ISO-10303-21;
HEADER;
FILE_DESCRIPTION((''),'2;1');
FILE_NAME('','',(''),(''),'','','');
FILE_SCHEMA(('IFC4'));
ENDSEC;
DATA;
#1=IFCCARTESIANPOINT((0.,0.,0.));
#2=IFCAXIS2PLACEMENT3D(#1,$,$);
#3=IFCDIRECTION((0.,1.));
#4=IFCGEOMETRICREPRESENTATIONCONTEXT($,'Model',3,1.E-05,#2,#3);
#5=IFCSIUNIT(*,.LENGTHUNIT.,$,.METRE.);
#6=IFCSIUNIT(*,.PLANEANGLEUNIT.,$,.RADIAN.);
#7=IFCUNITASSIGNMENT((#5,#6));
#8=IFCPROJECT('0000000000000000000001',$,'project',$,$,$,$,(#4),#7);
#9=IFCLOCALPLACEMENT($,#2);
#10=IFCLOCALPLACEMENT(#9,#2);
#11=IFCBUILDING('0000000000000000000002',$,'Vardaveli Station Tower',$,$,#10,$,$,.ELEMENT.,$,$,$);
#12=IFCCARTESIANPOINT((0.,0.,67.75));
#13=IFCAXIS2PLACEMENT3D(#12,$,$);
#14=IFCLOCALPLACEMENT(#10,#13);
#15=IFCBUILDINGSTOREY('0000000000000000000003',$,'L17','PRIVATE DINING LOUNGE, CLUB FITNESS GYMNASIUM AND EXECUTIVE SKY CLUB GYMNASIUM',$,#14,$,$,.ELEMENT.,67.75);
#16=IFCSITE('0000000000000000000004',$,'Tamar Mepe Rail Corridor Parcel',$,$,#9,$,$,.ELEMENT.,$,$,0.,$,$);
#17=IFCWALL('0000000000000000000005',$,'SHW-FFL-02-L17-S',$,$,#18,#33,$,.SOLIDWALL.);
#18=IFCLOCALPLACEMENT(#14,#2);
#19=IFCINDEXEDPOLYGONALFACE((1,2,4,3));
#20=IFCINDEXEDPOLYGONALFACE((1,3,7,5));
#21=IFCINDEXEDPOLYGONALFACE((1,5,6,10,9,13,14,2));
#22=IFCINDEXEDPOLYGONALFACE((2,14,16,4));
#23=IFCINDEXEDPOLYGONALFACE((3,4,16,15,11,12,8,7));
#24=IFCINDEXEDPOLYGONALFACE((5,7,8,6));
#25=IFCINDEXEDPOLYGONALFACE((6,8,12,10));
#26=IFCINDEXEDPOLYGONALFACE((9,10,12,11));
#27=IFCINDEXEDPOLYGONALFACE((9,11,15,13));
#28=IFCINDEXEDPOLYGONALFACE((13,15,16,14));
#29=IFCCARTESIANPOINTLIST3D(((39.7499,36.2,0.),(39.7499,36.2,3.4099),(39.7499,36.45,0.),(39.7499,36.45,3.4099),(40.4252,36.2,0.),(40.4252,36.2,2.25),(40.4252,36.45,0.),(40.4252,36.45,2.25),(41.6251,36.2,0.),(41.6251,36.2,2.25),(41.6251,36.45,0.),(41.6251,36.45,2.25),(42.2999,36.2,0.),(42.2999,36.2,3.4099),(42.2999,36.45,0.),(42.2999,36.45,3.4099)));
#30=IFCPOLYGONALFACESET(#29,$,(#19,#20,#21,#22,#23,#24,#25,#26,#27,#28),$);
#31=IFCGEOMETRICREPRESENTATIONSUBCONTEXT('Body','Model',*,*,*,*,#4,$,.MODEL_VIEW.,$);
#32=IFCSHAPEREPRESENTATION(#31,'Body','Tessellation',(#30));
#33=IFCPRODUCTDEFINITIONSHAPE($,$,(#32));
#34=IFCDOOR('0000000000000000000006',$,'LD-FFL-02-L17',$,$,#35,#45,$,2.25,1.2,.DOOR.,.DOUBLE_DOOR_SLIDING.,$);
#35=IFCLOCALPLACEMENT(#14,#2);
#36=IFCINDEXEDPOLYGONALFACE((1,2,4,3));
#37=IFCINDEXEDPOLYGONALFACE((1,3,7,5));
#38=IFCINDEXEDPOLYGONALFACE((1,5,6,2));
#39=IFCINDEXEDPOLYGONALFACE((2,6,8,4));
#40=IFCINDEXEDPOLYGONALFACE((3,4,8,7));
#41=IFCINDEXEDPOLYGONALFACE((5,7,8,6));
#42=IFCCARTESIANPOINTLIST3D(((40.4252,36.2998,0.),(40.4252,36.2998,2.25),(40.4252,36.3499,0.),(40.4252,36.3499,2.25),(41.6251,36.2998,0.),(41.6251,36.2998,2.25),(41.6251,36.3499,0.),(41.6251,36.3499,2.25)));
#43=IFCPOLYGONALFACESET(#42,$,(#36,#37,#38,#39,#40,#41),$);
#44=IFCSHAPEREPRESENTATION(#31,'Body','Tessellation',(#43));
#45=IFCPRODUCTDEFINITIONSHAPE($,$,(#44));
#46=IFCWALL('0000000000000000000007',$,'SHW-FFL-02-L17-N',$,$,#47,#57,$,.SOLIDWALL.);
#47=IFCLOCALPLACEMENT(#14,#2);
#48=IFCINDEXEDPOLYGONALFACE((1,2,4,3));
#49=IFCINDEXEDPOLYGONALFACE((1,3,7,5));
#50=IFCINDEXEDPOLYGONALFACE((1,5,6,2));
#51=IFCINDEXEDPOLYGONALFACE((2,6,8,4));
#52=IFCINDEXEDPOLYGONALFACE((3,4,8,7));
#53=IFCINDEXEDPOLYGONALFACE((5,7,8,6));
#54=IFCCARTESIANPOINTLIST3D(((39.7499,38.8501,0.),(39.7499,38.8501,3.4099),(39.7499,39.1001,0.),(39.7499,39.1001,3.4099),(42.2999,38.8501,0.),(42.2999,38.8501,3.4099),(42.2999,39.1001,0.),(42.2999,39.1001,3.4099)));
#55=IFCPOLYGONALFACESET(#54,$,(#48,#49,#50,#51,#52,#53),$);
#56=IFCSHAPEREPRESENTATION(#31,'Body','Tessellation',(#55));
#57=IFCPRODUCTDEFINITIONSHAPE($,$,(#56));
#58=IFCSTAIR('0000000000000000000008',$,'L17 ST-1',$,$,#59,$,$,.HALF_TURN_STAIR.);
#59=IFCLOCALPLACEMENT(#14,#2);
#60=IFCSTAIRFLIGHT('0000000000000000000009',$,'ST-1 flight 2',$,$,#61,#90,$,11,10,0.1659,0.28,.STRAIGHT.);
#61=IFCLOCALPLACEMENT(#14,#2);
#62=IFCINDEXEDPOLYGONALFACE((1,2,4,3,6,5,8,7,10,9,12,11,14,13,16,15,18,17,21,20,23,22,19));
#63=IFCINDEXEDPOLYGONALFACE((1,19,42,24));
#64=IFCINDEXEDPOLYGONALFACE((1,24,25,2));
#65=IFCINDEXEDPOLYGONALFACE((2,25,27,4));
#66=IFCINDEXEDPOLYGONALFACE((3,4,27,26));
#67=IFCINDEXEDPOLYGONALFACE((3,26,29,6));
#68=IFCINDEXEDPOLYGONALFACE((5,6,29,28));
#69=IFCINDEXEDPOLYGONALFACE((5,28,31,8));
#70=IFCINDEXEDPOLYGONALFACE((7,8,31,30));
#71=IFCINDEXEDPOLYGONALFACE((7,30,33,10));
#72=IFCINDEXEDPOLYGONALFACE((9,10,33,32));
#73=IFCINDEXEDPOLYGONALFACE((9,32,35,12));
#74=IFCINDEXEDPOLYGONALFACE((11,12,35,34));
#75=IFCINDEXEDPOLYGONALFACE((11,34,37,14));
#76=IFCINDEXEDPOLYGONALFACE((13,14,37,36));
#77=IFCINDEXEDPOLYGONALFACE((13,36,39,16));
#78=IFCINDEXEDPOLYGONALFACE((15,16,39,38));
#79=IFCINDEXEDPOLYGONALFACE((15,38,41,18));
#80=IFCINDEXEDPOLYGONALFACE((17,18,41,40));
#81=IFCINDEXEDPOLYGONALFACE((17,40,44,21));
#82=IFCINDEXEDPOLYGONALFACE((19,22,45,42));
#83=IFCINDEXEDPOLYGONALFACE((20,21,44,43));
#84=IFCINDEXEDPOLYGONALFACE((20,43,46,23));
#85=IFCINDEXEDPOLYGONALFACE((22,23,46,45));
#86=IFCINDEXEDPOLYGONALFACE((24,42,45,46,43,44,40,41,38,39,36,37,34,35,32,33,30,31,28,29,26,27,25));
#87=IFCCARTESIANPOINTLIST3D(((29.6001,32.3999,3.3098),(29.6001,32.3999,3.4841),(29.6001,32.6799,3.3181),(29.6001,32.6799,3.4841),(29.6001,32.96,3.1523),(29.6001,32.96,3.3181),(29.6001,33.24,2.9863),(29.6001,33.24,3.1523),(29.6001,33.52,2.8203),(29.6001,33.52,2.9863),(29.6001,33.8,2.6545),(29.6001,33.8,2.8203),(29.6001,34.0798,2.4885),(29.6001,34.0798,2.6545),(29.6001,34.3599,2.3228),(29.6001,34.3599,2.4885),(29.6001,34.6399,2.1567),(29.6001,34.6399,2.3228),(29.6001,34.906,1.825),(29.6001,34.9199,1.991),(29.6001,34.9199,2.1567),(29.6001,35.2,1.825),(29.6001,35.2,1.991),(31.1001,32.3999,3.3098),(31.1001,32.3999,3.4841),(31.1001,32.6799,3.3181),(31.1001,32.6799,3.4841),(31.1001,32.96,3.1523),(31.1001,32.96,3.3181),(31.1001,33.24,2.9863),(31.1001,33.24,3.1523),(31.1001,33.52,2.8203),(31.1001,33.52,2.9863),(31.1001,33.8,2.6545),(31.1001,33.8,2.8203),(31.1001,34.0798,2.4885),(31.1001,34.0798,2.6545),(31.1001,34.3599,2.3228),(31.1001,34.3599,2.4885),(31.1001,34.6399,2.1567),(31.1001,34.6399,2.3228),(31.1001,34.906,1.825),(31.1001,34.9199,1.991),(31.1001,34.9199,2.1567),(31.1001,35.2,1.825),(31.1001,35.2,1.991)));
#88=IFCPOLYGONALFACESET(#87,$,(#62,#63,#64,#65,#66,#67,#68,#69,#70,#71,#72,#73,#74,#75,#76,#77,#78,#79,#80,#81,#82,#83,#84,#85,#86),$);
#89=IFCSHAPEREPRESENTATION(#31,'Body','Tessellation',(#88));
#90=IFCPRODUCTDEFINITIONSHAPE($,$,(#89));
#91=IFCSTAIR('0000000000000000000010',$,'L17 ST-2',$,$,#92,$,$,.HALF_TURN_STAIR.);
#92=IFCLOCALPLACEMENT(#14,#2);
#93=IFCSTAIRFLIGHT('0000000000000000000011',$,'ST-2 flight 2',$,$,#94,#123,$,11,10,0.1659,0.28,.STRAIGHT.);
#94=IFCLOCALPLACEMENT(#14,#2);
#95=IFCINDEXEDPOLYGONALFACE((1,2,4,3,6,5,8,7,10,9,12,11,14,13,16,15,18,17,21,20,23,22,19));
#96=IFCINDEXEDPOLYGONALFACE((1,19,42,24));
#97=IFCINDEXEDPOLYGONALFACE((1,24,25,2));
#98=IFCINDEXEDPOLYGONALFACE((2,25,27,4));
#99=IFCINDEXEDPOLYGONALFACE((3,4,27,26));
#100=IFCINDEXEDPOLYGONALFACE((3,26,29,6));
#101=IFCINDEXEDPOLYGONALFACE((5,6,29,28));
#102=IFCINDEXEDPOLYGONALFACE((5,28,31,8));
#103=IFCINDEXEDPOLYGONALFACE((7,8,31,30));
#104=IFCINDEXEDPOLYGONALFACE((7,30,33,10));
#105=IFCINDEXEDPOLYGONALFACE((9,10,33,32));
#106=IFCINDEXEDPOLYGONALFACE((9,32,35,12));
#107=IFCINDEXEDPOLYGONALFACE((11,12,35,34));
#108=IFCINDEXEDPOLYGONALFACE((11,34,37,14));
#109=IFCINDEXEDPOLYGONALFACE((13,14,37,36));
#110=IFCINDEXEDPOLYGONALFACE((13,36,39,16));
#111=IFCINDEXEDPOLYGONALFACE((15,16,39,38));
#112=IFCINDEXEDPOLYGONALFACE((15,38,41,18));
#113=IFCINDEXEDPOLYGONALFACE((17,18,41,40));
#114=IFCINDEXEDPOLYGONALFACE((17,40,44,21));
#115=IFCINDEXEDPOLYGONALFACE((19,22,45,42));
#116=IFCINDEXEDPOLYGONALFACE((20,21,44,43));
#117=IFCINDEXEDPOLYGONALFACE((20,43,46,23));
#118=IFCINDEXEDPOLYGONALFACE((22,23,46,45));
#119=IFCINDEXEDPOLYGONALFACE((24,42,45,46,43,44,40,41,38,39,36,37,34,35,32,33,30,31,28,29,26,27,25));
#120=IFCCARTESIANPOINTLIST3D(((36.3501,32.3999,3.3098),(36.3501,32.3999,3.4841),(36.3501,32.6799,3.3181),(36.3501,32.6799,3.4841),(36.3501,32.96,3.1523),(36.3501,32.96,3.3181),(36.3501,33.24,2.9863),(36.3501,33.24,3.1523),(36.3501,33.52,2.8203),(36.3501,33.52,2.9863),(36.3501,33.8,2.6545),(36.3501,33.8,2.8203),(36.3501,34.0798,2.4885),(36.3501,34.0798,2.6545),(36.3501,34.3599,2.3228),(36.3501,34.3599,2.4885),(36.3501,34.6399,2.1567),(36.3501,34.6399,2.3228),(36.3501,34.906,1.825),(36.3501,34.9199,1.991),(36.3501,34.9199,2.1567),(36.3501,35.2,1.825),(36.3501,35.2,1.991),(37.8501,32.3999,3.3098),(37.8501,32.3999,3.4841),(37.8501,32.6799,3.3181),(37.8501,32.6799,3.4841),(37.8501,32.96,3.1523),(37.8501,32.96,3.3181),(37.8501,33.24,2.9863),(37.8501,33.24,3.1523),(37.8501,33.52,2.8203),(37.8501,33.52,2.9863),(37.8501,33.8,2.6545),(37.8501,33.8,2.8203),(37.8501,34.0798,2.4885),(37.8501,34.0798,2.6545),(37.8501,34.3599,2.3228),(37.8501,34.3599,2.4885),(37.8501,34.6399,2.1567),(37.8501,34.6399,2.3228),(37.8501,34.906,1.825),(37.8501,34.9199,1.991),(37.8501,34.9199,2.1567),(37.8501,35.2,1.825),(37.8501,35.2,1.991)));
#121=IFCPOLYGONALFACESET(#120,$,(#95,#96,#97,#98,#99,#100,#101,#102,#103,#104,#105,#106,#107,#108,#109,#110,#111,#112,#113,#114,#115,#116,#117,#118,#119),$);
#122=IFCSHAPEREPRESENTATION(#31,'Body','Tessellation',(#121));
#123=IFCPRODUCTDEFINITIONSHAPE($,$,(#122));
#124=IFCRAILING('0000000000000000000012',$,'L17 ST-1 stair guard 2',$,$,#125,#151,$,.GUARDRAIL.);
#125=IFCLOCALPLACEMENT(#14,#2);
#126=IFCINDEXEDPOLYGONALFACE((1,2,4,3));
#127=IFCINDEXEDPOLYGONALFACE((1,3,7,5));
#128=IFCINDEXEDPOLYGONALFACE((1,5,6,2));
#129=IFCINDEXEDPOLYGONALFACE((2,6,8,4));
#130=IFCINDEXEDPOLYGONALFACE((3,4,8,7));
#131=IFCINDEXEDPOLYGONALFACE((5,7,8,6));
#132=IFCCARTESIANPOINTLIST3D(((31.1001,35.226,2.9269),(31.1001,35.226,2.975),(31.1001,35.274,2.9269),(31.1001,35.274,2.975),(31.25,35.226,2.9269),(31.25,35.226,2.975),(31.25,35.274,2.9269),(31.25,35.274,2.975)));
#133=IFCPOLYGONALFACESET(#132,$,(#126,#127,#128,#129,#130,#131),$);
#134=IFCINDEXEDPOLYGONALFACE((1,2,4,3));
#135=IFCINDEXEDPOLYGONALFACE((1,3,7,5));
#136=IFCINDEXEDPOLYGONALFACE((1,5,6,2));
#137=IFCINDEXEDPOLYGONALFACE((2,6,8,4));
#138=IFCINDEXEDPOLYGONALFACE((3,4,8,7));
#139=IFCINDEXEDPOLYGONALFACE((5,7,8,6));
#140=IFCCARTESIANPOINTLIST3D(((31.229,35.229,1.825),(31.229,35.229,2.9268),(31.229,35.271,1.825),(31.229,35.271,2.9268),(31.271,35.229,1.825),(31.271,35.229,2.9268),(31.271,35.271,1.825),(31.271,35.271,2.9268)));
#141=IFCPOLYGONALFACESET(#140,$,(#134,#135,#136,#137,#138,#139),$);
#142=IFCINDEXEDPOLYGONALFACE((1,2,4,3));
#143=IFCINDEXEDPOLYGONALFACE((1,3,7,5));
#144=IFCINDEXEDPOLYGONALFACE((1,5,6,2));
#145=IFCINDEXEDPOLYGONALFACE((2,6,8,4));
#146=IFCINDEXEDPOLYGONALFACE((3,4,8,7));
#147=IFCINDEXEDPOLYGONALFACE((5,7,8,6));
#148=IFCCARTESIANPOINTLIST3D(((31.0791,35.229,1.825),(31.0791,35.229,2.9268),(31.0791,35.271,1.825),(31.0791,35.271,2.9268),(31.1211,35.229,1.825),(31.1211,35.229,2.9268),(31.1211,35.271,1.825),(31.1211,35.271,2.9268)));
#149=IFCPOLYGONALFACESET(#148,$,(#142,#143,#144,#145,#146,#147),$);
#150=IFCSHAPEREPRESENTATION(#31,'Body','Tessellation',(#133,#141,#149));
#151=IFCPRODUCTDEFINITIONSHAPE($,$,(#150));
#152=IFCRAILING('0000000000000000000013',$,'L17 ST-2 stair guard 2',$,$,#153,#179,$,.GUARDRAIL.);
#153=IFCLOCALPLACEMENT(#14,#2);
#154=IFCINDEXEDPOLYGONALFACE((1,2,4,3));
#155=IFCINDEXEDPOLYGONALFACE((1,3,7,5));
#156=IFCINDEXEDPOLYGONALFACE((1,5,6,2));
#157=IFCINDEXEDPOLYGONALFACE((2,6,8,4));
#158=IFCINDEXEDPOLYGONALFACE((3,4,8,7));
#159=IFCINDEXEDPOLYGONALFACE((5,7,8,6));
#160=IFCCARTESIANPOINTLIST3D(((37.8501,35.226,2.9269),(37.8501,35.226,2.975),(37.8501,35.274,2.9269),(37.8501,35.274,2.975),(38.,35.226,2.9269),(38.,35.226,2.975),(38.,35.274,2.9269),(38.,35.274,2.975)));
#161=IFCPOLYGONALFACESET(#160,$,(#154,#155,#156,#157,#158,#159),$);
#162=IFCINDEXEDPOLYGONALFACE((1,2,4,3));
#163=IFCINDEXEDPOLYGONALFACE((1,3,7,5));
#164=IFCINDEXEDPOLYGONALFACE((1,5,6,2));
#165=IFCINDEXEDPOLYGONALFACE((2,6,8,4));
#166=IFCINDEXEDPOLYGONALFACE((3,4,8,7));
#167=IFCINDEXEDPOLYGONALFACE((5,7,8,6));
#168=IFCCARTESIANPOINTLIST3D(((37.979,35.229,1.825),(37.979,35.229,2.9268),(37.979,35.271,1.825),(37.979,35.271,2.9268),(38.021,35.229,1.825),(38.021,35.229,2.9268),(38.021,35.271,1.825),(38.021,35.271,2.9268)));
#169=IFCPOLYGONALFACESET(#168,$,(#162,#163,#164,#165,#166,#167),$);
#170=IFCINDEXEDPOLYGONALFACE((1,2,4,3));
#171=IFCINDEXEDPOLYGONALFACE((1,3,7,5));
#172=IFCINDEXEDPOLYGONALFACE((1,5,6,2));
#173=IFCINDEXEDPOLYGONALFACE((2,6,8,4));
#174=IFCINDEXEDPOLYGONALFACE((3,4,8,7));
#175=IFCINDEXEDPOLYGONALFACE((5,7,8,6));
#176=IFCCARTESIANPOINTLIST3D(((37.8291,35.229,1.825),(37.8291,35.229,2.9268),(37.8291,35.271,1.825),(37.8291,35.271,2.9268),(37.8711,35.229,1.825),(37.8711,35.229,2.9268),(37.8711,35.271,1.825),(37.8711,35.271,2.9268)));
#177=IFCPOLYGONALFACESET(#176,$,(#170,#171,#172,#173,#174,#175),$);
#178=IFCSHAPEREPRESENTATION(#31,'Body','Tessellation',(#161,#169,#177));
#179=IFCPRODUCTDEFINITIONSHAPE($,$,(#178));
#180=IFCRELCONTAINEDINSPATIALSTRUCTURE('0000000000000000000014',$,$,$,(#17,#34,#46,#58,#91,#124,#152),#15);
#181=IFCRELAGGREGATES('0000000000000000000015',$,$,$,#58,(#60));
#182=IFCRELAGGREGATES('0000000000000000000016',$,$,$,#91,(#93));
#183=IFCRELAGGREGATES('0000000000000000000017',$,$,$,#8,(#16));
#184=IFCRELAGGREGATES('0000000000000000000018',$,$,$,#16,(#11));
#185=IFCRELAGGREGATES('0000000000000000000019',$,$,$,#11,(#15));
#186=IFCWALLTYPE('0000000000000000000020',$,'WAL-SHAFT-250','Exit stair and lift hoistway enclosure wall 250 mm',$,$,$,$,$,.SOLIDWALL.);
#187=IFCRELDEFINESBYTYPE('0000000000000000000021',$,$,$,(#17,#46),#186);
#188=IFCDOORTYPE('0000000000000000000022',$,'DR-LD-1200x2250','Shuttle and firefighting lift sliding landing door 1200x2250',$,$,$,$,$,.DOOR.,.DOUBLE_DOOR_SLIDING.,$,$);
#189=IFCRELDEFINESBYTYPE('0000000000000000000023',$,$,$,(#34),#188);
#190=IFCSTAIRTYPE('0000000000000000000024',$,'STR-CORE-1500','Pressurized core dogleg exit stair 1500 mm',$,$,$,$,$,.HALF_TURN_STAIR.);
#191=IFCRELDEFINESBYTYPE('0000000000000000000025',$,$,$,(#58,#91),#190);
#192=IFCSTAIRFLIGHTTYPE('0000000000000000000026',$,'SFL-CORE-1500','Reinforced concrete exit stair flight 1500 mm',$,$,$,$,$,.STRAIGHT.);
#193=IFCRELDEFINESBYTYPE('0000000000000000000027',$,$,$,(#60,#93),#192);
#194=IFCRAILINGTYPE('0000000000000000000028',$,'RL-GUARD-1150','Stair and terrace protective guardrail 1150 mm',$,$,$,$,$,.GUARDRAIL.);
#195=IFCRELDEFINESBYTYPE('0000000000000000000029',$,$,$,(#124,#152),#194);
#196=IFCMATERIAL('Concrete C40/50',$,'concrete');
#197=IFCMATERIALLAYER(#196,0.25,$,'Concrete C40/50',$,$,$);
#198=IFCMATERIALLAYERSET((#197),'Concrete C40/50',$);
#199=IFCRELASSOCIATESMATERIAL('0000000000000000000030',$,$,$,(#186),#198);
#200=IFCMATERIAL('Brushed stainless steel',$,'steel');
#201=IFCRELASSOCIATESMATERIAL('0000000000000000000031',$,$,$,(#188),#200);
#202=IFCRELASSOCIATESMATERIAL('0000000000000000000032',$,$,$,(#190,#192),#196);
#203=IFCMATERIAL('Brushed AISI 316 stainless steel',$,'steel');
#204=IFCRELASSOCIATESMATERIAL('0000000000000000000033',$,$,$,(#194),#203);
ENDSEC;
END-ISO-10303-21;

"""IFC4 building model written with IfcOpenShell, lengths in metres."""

from ifc_helpers import new_model, si_unit, direction, frame, frame_2d, origin, origin_2d, place, context, subcontext, project, spatial, polyline, rectangle, outline, extrude, source, transform, mapped, material, layer, layer_set, type_object, element, fill, aggregate, save


model = new_model("IFC4")

# Units and contexts
model_context = context("Model", 3, precision=1e-05, world=origin(), true_north=direction((0.0, 1.0)))
body_context = subcontext(model_context, "Body", "Model", "MODEL_VIEW")
ifc_project = project(units=[si_unit("LENGTHUNIT", "METRE"), si_unit("PLANEANGLEUNIT", "RADIAN")], contexts=[model_context])

# Site, building, storey
site_placement = place(None, origin())
site = spatial("IfcSite", under=ifc_project, at=site_placement, Name="Tamar Mepe Rail Corridor Parcel", CompositionType="ELEMENT", RefElevation=0.0)
building_placement = place(site_placement, origin())
building = spatial("IfcBuilding", under=site, at=building_placement, Name="Vardaveli Station Tower", CompositionType="ELEMENT")
storey_placement = place(building_placement, frame((0.0, 0.0, 67.75)))
storey = spatial("IfcBuildingStorey", under=building, at=storey_placement, Name="L17", Description="PRIVATE DINING LOUNGE, CLUB FITNESS GYMNASIUM AND EXECUTIVE SKY CLUB GYMNASIUM", CompositionType="ELEMENT", Elevation=67.75)

# Shared definitions
ifc_material_1 = material(Name="Concrete C40/50", Category="concrete")
ifc_layer_1 = layer(ifc_material_1, 0.25, Name="Concrete C40/50")
ifc_layer_set_1 = layer_set([ifc_layer_1], Name="Concrete C40/50")
wall_type_1 = type_object("IfcWallType", Name="WAL-SHAFT-250", Description="Exit stair and lift hoistway enclosure wall 250 mm", PredefinedType="SOLIDWALL", material=ifc_layer_set_1)

# Shared definitions
shared_shape_1 = source(origin(), body_context, "Body", "SweptSolid", [
    extrude(rectangle(XDim=1.2, YDim=2.25, at=frame_2d((0.6001, 1.125))), frame((0.0, 0.135, 0.0), z_axis=(0.0, -1.0, 0.0), x_axis=(1.0, 0.0, 0.0)), (0.0, 0.0, 1.0), 0.27),
])
ifc_material_2 = material(Name="Brushed stainless steel", Category="steel")
door_type = type_object("IfcDoorType", Name="DR-LD-1200x2250", Description="Shuttle and firefighting lift sliding landing door 1200x2250", OperationType="DOUBLE_DOOR_SLIDING", PredefinedType="DOOR", material=ifc_material_2)
shared_shape_2 = source(origin(), body_context, "Body", "SweptSolid", [
    extrude(rectangle(XDim=1.2, YDim=2.25, at=frame_2d((0.6001, 1.125))), frame((0.0, 0.0249, 0.0), z_axis=(0.0, -1.0, 0.0), x_axis=(1.0, 0.0, 0.0)), (0.0, 0.0, 1.0), 0.05),
])

# Wall, opening, door
shared_shape_3 = source(origin(), body_context, "Body", "SweptSolid", [
    extrude(rectangle(XDim=2.55, YDim=0.25, at=frame_2d((1.2749, 0.0))), origin(), (0.0, 0.0, 1.0), 3.4099),
])
wall_1_placement = place(storey_placement, frame((39.75, 36.325, 0.0), z_axis=(0.0, 0.0, 1.0), x_axis=(1.0, 0.0, 0.0)))
wall_1 = element("IfcWall", 1, at=wall_1_placement, inside=storey, type_object=wall_type_1, Name="SHW-FFL-02-L17-S", PredefinedType="SOLIDWALL", context=body_context, shape_type="MappedRepresentation", body=[
    mapped(shared_shape_3, transform((0.0, 0.0, 0.0), scale=1.0)),
])
opening_1_placement = place(wall_1_placement, frame((0.675, 0.0, 0.0)))
opening_1 = element("IfcOpeningElement", 2, at=opening_1_placement, cuts=wall_1, PredefinedType="OPENING", context=body_context, shape_type="MappedRepresentation", body=[
    mapped(shared_shape_1, transform((0.0, 0.0, 0.0), scale=1.0)),
])
door_1_placement = place(opening_1_placement, origin())
door_1 = element("IfcDoor", 3, at=door_1_placement, inside=storey, type_object=door_type, Name="LD-FFL-02-L17", OperationType="DOUBLE_DOOR_SLIDING", OverallHeight=2.25, OverallWidth=1.2, PredefinedType="DOOR", context=body_context, shape_type="MappedRepresentation", body=[
    mapped(shared_shape_2, transform((0.0, 0.0, 0.0), scale=1.0)),
])
fill(opening_1, door_1)

# Wall
wall_2_placement = place(storey_placement, frame((39.75, 38.9751, 0.0), z_axis=(0.0, 0.0, 1.0), x_axis=(1.0, 0.0, 0.0)))
element("IfcWall", 4, at=wall_2_placement, inside=storey, type_object=wall_type_1, Name="SHW-FFL-02-L17-N", PredefinedType="SOLIDWALL", context=body_context, shape_type="MappedRepresentation", body=[
    mapped(shared_shape_3, transform((0.0, 0.0, 0.0), scale=1.0)),
])

# Stairs, stair flights
stair_type = type_object("IfcStairType", Name="STR-CORE-1500", Description="Pressurized core dogleg exit stair 1500 mm", PredefinedType="HALF_TURN_STAIR", material=ifc_material_1)
stair_1_placement = place(storey_placement, origin())
stair_1 = element("IfcStair", 5, at=stair_1_placement, inside=storey, type_object=stair_type, Name="L17 ST-1", PredefinedType="HALF_TURN_STAIR")
stair_flight_type = type_object("IfcStairFlightType", Name="SFL-CORE-1500", Description="Reinforced concrete exit stair flight 1500 mm", PredefinedType="STRAIGHT", material=ifc_material_1)
shared_shape_4 = source(origin(), body_context, "Body", "SweptSolid", [
    extrude(outline(polyline([(0.0, 0.0), (0.0, 0.166), (0.28, 0.166), (0.28, 0.3318), (0.5601, 0.3318), (0.5601, 0.4978), (0.8401, 0.4978), (0.8401, 0.6636), (1.1201, 0.6636), (1.1201, 0.8296), (1.3999, 0.8296), (1.3999, 0.9954), (1.6799, 0.9954), (1.6799, 1.1614), (1.96, 1.1614), (1.96, 1.3274), (2.24, 1.3274), (2.24, 1.4932), (2.52, 1.4932), (2.52, 1.6592), (2.8, 1.6592), (2.8, 1.825), (2.8, 1.4849), (0.2939, 0.0), (0.0, 0.0)])), frame((0.0, 0.75, 0.0), z_axis=(0.0, -1.0, 0.0), x_axis=(1.0, 0.0, 0.0)), (0.0, 0.0, 1.0), 1.5),
])
stair_flight_1_placement = place(storey_placement, frame((30.3501, 35.2, 1.825), z_axis=(0.0, 0.0, 1.0), x_axis=(0.0, -1.0, 0.0)))
stair_flight_1 = element("IfcStairFlight", 6, at=stair_flight_1_placement, type_object=stair_flight_type, Name="ST-1 flight 2", NumberOfRisers=11, NumberOfTreads=10, PredefinedType="STRAIGHT", RiserHeight=0.1659, TreadLength=0.28, context=body_context, shape_type="MappedRepresentation", body=[
    mapped(shared_shape_4, transform((0.0, 0.0, 0.0), scale=1.0)),
])
aggregate(stair_1, [stair_flight_1])
stair_2_placement = place(storey_placement, origin())
stair_2 = element("IfcStair", 7, at=stair_2_placement, inside=storey, type_object=stair_type, Name="L17 ST-2", PredefinedType="HALF_TURN_STAIR")
stair_flight_2_placement = place(storey_placement, frame((37.1001, 35.2, 1.825), z_axis=(0.0, 0.0, 1.0), x_axis=(0.0, -1.0, 0.0)))
stair_flight_2 = element("IfcStairFlight", 8, at=stair_flight_2_placement, type_object=stair_flight_type, Name="ST-2 flight 2", NumberOfRisers=11, NumberOfTreads=10, PredefinedType="STRAIGHT", RiserHeight=0.1659, TreadLength=0.28, context=body_context, shape_type="MappedRepresentation", body=[
    mapped(shared_shape_4, transform((0.0, 0.0, 0.0), scale=1.0)),
])
aggregate(stair_2, [stair_flight_2])

# Railings
ifc_material_3 = material(Name="Brushed AISI 316 stainless steel", Category="steel")
railing_type_1 = type_object("IfcRailingType", Name="RL-GUARD-1150", Description="Stair and terrace protective guardrail 1150 mm", PredefinedType="GUARDRAIL", material=ifc_material_3)
shared_shape_5 = source(origin(), body_context, "Body", "SweptSolid", [
    extrude(rectangle(XDim=0.0481, YDim=0.0481, at=origin_2d()), frame((0.0, 0.0, 1.126), z_axis=(-1.0, 0.0, 0.0), x_axis=(0.0, -1.0, 0.0)), (0.0, 0.0, 1.0), 0.1499),
    extrude(rectangle(XDim=0.042, YDim=0.042, at=origin_2d()), origin(), (0.0, 0.0, 1.0), 1.1018),
    extrude(rectangle(XDim=0.042, YDim=0.042, at=origin_2d()), frame((-0.1499, 0.0, 0.0)), (0.0, 0.0, 1.0), 1.1018),
])
for number, where, name in (
    (9, (31.25, 35.25, 1.825), "L17 ST-1 stair guard 2"),
    (10, (38.0, 35.25, 1.825), "L17 ST-2 stair guard 2"),
):
    element("IfcRailing", number, at=place(storey_placement, frame(where)), inside=storey, type_object=railing_type_1, Name=name, PredefinedType="GUARDRAIL", context=body_context, shape_type="MappedRepresentation", body=[
        mapped(shared_shape_5, transform((0.0, 0.0, 0.0), scale=1.0)),
    ])

save(model, "model.ifc")
